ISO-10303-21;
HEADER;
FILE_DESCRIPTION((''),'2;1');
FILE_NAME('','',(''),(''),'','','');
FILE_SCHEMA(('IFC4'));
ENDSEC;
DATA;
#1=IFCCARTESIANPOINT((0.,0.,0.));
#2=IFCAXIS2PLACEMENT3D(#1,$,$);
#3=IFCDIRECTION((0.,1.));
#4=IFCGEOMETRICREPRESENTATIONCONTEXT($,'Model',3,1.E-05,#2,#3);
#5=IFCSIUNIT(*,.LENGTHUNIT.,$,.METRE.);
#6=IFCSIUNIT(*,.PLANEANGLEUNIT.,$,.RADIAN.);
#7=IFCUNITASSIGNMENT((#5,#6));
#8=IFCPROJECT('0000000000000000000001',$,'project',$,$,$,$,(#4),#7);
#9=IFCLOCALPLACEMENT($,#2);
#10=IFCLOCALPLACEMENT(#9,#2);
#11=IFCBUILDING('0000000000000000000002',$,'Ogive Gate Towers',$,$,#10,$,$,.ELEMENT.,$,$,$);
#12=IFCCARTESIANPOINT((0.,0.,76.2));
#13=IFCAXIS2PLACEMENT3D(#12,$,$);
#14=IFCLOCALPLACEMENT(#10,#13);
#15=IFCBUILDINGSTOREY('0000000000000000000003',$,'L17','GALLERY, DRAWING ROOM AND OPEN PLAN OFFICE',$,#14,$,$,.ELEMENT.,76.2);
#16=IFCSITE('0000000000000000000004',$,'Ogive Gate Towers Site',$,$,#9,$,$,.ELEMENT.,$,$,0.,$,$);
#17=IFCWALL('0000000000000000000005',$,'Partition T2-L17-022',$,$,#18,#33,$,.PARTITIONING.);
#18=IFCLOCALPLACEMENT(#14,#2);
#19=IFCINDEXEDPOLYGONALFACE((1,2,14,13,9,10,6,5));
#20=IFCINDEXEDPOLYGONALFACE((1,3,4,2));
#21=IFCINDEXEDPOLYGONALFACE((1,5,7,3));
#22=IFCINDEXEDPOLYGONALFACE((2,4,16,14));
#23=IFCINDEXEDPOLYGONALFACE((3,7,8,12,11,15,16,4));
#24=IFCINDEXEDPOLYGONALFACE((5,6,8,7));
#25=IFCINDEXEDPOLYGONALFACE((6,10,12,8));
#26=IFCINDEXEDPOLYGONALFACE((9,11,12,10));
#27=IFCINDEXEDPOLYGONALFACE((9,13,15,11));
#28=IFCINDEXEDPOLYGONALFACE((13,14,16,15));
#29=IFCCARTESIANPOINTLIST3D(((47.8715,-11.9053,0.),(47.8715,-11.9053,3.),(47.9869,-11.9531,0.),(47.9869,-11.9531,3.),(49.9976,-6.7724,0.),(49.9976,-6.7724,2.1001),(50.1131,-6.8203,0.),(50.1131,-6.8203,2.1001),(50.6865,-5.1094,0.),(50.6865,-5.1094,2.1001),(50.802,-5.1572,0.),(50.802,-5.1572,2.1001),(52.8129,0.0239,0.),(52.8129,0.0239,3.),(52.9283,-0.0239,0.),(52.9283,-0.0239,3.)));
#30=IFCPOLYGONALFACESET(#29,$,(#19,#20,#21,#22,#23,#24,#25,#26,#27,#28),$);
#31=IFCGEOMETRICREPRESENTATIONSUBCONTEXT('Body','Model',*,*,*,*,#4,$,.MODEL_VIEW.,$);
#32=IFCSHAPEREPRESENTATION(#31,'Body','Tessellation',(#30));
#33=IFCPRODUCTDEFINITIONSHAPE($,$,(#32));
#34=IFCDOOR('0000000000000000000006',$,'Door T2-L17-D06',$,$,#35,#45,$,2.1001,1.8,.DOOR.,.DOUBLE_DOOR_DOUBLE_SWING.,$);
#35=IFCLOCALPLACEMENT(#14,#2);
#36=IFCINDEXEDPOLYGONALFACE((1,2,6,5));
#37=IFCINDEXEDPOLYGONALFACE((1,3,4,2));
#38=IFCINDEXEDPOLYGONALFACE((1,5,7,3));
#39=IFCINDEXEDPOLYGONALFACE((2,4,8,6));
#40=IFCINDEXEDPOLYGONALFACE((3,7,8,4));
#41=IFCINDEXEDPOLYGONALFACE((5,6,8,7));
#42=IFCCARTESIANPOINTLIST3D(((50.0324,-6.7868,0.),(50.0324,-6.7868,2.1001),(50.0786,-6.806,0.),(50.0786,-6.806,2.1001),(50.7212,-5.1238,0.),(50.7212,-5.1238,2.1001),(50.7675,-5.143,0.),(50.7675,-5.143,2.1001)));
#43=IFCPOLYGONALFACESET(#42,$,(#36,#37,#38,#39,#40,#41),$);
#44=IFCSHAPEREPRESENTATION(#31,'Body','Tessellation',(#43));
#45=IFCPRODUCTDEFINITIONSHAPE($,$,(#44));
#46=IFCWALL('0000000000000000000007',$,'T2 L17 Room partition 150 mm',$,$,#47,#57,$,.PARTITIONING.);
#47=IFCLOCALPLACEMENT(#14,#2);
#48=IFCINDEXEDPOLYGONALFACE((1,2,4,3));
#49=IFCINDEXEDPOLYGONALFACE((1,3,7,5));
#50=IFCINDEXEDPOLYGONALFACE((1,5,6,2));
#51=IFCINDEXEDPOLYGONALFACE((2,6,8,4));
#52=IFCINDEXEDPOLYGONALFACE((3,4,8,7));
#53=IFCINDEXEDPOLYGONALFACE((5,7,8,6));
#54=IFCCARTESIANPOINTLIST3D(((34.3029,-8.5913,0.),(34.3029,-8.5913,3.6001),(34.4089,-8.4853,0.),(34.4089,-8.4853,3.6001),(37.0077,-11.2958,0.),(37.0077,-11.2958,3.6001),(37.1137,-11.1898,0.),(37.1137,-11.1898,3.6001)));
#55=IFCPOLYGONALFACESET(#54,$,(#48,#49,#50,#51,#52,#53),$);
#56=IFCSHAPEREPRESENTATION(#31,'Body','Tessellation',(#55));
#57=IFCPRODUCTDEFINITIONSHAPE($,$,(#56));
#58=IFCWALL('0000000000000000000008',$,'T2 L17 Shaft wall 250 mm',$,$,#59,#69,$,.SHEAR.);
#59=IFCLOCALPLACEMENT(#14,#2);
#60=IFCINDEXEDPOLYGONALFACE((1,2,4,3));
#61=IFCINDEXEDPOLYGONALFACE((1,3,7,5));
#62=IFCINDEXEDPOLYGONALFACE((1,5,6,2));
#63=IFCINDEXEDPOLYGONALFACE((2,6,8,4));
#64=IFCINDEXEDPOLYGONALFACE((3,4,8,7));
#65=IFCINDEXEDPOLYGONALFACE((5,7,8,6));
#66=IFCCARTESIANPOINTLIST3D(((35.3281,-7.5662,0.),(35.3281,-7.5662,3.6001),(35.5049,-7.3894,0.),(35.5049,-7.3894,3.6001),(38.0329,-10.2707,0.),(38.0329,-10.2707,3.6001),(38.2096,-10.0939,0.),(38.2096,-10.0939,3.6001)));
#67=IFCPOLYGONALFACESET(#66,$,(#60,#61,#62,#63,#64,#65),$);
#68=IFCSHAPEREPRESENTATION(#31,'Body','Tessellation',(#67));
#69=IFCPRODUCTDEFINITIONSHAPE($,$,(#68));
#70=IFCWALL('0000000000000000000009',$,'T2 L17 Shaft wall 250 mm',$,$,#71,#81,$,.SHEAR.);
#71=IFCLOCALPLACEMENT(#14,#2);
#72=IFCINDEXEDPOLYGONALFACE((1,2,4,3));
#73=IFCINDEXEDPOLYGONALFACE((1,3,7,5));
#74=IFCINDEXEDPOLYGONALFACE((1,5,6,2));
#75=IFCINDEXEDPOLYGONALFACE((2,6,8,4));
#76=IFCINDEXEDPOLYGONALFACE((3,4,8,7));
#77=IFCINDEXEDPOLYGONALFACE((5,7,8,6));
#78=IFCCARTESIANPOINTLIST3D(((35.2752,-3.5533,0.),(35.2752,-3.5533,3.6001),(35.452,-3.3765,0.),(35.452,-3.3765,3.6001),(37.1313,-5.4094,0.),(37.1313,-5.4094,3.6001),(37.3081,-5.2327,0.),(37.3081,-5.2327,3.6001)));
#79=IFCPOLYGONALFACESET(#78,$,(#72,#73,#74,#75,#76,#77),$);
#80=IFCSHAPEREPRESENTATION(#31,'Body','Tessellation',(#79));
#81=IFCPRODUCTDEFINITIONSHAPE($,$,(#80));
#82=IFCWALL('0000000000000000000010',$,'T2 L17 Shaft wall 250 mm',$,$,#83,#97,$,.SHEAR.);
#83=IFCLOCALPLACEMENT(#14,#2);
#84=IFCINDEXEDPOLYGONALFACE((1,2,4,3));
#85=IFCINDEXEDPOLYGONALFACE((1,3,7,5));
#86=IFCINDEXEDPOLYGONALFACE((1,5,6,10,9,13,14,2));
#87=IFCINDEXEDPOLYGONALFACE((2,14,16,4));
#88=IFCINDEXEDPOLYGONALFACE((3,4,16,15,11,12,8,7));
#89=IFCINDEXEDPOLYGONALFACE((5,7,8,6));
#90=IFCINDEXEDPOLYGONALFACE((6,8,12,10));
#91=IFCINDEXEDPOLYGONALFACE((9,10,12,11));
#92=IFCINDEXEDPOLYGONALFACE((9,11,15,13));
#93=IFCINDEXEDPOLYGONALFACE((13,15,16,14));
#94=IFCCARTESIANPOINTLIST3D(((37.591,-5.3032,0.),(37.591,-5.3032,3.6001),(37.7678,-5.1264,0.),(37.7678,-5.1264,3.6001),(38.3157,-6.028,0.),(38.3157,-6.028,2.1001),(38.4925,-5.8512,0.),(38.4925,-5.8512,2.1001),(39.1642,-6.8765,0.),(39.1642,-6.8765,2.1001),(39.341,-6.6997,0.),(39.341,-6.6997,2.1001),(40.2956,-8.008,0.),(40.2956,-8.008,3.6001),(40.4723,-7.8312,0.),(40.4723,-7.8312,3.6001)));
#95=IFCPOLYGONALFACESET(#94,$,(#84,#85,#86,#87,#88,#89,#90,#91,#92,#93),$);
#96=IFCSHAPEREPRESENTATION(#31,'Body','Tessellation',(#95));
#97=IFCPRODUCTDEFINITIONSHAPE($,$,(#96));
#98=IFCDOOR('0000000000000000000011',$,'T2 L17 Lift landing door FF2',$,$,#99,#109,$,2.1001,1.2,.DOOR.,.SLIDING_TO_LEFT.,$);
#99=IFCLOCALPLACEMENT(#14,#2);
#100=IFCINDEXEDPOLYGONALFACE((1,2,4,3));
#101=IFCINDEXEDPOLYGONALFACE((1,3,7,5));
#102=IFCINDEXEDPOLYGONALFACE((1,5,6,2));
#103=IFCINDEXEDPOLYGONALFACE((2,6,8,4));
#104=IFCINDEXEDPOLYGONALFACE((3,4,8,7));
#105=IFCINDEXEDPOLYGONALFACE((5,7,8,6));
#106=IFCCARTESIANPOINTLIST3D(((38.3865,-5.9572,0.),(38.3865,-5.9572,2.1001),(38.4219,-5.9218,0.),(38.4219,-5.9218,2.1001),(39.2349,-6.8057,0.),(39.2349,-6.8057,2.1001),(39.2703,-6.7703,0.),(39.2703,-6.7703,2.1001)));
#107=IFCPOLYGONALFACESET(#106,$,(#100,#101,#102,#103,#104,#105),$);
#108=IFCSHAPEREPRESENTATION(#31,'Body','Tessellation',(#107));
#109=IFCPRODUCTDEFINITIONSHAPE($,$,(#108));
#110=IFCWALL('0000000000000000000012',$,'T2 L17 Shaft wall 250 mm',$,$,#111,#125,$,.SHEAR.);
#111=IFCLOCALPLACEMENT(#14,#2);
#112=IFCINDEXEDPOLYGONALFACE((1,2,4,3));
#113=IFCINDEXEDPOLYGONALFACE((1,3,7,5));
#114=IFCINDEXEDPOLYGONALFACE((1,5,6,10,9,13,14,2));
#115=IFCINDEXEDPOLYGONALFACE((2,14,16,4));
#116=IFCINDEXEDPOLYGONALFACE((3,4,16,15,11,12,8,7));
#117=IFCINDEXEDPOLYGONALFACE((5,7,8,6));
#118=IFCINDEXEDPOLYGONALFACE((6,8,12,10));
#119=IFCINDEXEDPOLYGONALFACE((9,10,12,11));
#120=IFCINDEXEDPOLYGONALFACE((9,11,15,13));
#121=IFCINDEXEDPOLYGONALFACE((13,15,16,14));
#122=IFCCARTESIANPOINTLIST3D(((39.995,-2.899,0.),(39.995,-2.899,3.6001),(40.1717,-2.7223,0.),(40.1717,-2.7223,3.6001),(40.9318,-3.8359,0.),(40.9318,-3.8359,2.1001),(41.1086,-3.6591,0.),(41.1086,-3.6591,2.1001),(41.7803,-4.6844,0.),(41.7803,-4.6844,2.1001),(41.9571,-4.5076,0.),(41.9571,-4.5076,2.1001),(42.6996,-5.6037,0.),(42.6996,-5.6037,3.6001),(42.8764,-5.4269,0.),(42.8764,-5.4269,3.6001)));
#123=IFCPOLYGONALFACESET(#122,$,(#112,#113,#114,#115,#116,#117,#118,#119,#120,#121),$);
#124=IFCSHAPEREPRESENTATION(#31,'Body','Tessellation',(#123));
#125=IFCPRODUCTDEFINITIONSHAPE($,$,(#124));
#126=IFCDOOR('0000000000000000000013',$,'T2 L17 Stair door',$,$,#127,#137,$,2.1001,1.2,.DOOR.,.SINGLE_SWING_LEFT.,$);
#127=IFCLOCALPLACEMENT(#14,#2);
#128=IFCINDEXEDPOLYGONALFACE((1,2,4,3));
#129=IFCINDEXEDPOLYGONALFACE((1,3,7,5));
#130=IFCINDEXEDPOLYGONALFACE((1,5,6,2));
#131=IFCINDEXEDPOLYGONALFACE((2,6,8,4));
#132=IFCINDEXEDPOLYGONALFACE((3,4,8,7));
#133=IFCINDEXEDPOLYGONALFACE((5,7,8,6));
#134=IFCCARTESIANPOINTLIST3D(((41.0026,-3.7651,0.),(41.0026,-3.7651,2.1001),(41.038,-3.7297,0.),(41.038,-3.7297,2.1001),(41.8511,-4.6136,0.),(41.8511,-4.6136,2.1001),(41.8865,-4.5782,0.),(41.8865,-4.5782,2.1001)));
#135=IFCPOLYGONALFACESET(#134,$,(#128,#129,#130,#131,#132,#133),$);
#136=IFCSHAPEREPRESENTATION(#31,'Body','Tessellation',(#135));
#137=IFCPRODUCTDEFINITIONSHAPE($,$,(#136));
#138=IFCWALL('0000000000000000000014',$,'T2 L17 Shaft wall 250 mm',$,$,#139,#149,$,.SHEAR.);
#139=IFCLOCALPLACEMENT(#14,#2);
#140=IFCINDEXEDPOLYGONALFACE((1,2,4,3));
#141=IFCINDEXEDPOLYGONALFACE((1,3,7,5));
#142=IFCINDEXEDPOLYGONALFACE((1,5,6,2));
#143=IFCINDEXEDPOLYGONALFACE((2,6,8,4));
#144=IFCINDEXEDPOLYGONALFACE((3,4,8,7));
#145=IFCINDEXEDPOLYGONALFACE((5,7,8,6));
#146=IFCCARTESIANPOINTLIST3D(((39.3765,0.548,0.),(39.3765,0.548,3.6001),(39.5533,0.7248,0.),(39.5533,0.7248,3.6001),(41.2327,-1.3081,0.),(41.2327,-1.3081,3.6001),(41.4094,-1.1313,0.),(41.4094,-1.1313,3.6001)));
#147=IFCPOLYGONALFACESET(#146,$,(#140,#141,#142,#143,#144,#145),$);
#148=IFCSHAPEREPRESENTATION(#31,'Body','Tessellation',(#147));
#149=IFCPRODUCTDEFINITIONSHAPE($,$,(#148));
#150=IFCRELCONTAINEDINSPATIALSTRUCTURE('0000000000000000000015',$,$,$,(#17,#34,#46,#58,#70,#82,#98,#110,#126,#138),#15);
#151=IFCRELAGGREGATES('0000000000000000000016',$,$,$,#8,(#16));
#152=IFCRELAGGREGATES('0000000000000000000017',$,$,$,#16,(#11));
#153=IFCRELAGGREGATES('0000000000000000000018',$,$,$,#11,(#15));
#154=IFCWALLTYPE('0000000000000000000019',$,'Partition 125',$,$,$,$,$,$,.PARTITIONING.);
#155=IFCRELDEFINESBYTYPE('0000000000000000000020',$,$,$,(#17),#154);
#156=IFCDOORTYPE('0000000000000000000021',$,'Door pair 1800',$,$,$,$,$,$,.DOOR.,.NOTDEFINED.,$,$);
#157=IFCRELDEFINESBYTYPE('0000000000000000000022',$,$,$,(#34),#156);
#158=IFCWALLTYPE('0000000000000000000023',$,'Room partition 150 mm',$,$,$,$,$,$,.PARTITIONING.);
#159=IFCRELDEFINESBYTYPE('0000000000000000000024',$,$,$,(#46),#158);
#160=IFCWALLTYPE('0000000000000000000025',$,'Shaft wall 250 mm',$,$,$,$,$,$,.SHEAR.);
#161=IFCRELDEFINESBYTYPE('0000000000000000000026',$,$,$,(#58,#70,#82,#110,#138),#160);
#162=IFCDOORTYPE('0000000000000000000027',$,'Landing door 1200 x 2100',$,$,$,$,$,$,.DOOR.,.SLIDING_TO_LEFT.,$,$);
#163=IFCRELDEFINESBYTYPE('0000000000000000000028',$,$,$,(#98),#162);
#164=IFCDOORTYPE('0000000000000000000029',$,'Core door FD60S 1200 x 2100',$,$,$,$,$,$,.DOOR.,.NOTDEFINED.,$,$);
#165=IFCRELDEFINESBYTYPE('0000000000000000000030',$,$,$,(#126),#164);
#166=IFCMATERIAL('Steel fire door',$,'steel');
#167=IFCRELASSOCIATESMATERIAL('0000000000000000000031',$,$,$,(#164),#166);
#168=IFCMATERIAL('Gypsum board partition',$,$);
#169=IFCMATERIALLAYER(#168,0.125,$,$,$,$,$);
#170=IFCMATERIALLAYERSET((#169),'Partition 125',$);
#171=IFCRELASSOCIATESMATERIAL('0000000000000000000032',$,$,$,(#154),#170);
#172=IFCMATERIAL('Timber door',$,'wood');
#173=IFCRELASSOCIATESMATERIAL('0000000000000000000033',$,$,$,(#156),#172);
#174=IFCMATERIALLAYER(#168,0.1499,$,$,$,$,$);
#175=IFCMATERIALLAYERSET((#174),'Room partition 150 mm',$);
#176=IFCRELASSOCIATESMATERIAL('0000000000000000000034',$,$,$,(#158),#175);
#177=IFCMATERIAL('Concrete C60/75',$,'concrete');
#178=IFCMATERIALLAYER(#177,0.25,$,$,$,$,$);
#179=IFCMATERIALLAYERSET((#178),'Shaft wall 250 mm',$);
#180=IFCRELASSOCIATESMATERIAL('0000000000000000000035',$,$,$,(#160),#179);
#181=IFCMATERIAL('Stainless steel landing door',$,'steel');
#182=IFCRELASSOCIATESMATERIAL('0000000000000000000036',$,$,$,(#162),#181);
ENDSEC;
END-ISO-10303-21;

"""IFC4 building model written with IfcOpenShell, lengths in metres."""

from ifc_helpers import new_model, si_unit, direction, frame, frame_2d, origin, place, context, subcontext, project, spatial, rectangle, extrude, material, layer, layer_set, type_object, element, fill, save


model = new_model("IFC4")

# Units and contexts
model_context = context("Model", 3, precision=1e-05, world=origin(), true_north=direction((0.0, 1.0)))
body_context = subcontext(model_context, "Body", "Model", "MODEL_VIEW")
ifc_project = project(units=[si_unit("LENGTHUNIT", "METRE"), si_unit("PLANEANGLEUNIT", "RADIAN")], contexts=[model_context])

# Site, building, storey
site_placement = place(None, origin())
site = spatial("IfcSite", under=ifc_project, at=site_placement, Name="Ogive Gate Towers Site", CompositionType="ELEMENT", RefElevation=0.0)
building_placement = place(site_placement, origin())
building = spatial("IfcBuilding", under=site, at=building_placement, Name="Ogive Gate Towers", CompositionType="ELEMENT")
storey_placement = place(building_placement, frame((0.0, 0.0, 76.2)))
storey = spatial("IfcBuildingStorey", under=building, at=storey_placement, Name="L17", Description="GALLERY, DRAWING ROOM AND OPEN PLAN OFFICE", CompositionType="ELEMENT", Elevation=76.2)

# Shared definitions
ifc_material_1 = material(Name="Concrete C60/75", Category="concrete")
ifc_material_2 = material(Name="Timber door", Category="wood")
ifc_material_3 = material(Name="Steel fire door", Category="steel")
door_type_1 = type_object("IfcDoorType", Name="Core door FD60S 1200 x 2100", OperationType="NOTDEFINED", PredefinedType="DOOR", material=ifc_material_3)

# Wall, opening, door
ifc_material_4 = material(Name="Gypsum board partition")
ifc_layer_1 = layer(ifc_material_4, 0.125)
ifc_layer_set_1 = layer_set([ifc_layer_1], Name="Partition 125")
wall_type_1 = type_object("IfcWallType", Name="Partition 125", PredefinedType="PARTITIONING", material=ifc_layer_set_1)
wall_1_placement = place(storey_placement, frame((47.9292, -11.9292, 0.0), z_axis=(0.0, 0.0, 1.0), x_axis=(0.382695, 0.923875, 0.0)))
wall_1 = element("IfcWall", 1, at=wall_1_placement, inside=storey, type_object=wall_type_1, Name="Partition T2-L17-022", PredefinedType="PARTITIONING", context=body_context, shape_type="SweptSolid", body=[
    extrude(rectangle(XDim=12.9121, YDim=0.125, at=frame_2d((6.4561, 0.0))), origin(), (0.0, 0.0, 1.0), 3.0),
])
opening_1_placement = place(wall_1_placement, frame((5.5559, 0.0, 0.0)))
opening_1 = element("IfcOpeningElement", 2, at=opening_1_placement, cuts=wall_1, PredefinedType="OPENING", context=body_context, shape_type="SweptSolid", body=[
    extrude(rectangle(XDim=1.8, YDim=2.1001, at=frame_2d((0.8999, 1.05))), frame((0.0, 0.0725, 0.0), z_axis=(0.0, -1.0, 0.0), x_axis=(1.0, 0.0, 0.0)), (0.0, 0.0, 1.0), 0.145),
])
door_type_2 = type_object("IfcDoorType", Name="Door pair 1800", OperationType="NOTDEFINED", PredefinedType="DOOR", material=ifc_material_2)
door_1_placement = place(opening_1_placement, origin())
door_1 = element("IfcDoor", 3, at=door_1_placement, inside=storey, type_object=door_type_2, Name="Door T2-L17-D06", OperationType="DOUBLE_DOOR_DOUBLE_SWING", OverallHeight=2.1001, OverallWidth=1.8, PredefinedType="DOOR", context=body_context, shape_type="SweptSolid", body=[
    extrude(rectangle(XDim=1.8, YDim=2.1001, at=frame_2d((0.8999, 1.05))), frame((0.0, 0.0249, 0.0), z_axis=(0.0, -1.0, 0.0), x_axis=(1.0, 0.0, 0.0)), (0.0, 0.0, 1.0), 0.05),
])
fill(opening_1, door_1)

# Walls
ifc_layer_2 = layer(ifc_material_4, 0.1499)
ifc_layer_set_2 = layer_set([ifc_layer_2], Name="Room partition 150 mm")
wall_type_2 = type_object("IfcWallType", Name="Room partition 150 mm", PredefinedType="PARTITIONING", material=ifc_layer_set_2)
wall_2_placement = place(storey_placement, frame((37.0608, -11.2429, 0.0), z_axis=(0.0, 0.0, 1.0), x_axis=(-0.707139, 0.707075, 0.0)))
element("IfcWall", 4, at=wall_2_placement, inside=storey, type_object=wall_type_2, Name="T2 L17 Room partition 150 mm", PredefinedType="PARTITIONING", context=body_context, shape_type="SweptSolid", body=[
    extrude(rectangle(XDim=3.825, YDim=0.1499, at=frame_2d((1.9126, 0.0))), origin(), (0.0, 0.0, 1.0), 3.6001),
])
ifc_layer_3 = layer(ifc_material_1, 0.25)
ifc_layer_set_3 = layer_set([ifc_layer_3], Name="Shaft wall 250 mm")
wall_type_3 = type_object("IfcWallType", Name="Shaft wall 250 mm", PredefinedType="SHEAR", material=ifc_layer_set_3)
wall_3_placement = place(storey_placement, frame((38.1213, -10.1824, 0.0), z_axis=(0.0, 0.0, 1.0), x_axis=(-0.707139, 0.707075, 0.0)))
element("IfcWall", 5, at=wall_3_placement, inside=storey, type_object=wall_type_3, Name="T2 L17 Shaft wall 250 mm", PredefinedType="SHEAR", context=body_context, shape_type="SweptSolid", body=[
    extrude(rectangle(XDim=3.825, YDim=0.25, at=frame_2d((1.9126, 0.0))), origin(), (0.0, 0.0, 1.0), 3.6001),
])
wall_4_placement = place(storey_placement, frame((37.2197, -5.321, 0.0), z_axis=(0.0, 0.0, 1.0), x_axis=(-0.707107, 0.707107, 0.0)))
element("IfcWall", 6, at=wall_4_placement, inside=storey, type_object=wall_type_3, Name="T2 L17 Shaft wall 250 mm", PredefinedType="SHEAR", context=body_context, shape_type="SweptSolid", body=[
    extrude(rectangle(XDim=2.625, YDim=0.25, at=frame_2d((1.3125, 0.0))), origin(), (0.0, 0.0, 1.0), 3.6001),
])

# Walls, openings, doors
wall_5_placement = place(storey_placement, frame((40.384, -7.9197, 0.0), z_axis=(0.0, 0.0, 1.0), x_axis=(-0.707075, 0.707139, 0.0)))
wall_5 = element("IfcWall", 7, at=wall_5_placement, inside=storey, type_object=wall_type_3, Name="T2 L17 Shaft wall 250 mm", PredefinedType="SHEAR", context=body_context, shape_type="SweptSolid", body=[
    extrude(rectangle(XDim=3.825, YDim=0.25, at=frame_2d((1.9126, 0.0))), origin(), (0.0, 0.0, 1.0), 3.6001),
])
opening_2_placement = place(wall_5_placement, frame((1.6001, 0.0, 0.0)))
opening_2 = element("IfcOpeningElement", 8, at=opening_2_placement, cuts=wall_5, PredefinedType="OPENING", context=body_context, shape_type="SweptSolid", body=[
    extrude(rectangle(XDim=1.2, YDim=2.1001, at=frame_2d((0.6001, 1.05))), frame((0.0, 0.135, 0.0), z_axis=(0.0, -1.0, 0.0), x_axis=(1.0, 0.0, 0.0)), (0.0, 0.0, 1.0), 0.27),
])
ifc_material_5 = material(Name="Stainless steel landing door", Category="steel")
door_type_3 = type_object("IfcDoorType", Name="Landing door 1200 x 2100", OperationType="SLIDING_TO_LEFT", PredefinedType="DOOR", material=ifc_material_5)
door_2_placement = place(opening_2_placement, origin())
door_2 = element("IfcDoor", 9, at=door_2_placement, inside=storey, type_object=door_type_3, Name="T2 L17 Lift landing door FF2", OperationType="SLIDING_TO_LEFT", OverallHeight=2.1001, OverallWidth=1.2, PredefinedType="DOOR", context=body_context, shape_type="SweptSolid", body=[
    extrude(rectangle(XDim=1.2, YDim=2.1001, at=frame_2d((0.6001, 1.05))), frame((0.0, 0.0249, 0.0), z_axis=(0.0, -1.0, 0.0), x_axis=(1.0, 0.0, 0.0)), (0.0, 0.0, 1.0), 0.05),
])
fill(opening_2, door_2)
wall_6_placement = place(storey_placement, frame((42.7881, -5.5154, 0.0), z_axis=(0.0, 0.0, 1.0), x_axis=(-0.707107, 0.707107, 0.0)))
wall_6 = element("IfcWall", 10, at=wall_6_placement, inside=storey, type_object=wall_type_3, Name="T2 L17 Shaft wall 250 mm", PredefinedType="SHEAR", context=body_context, shape_type="SweptSolid", body=[
    extrude(rectangle(XDim=3.825, YDim=0.25, at=frame_2d((1.9126, 0.0))), origin(), (0.0, 0.0, 1.0), 3.6001),
])
opening_3_placement = place(wall_6_placement, frame((1.3, 0.0, 0.0)))
opening_3 = element("IfcOpeningElement", 11, at=opening_3_placement, cuts=wall_6, PredefinedType="OPENING", context=body_context, shape_type="SweptSolid", body=[
    extrude(rectangle(XDim=1.2, YDim=2.1001, at=frame_2d((0.6001, 1.05))), frame((0.0, 0.135, 0.0), z_axis=(0.0, -1.0, 0.0), x_axis=(1.0, 0.0, 0.0)), (0.0, 0.0, 1.0), 0.27),
])
door_3_placement = place(opening_3_placement, origin())
door_3 = element("IfcDoor", 12, at=door_3_placement, inside=storey, type_object=door_type_1, Name="T2 L17 Stair door", OperationType="SINGLE_SWING_LEFT", OverallHeight=2.1001, OverallWidth=1.2, PredefinedType="DOOR", context=body_context, shape_type="SweptSolid", body=[
    extrude(rectangle(XDim=1.2, YDim=2.1001, at=frame_2d((0.6001, 1.05))), frame((0.0, 0.0249, 0.0), z_axis=(0.0, -1.0, 0.0), x_axis=(1.0, 0.0, 0.0)), (0.0, 0.0, 1.0), 0.05),
])
fill(opening_3, door_3)

# Wall
wall_7_placement = place(storey_placement, frame((41.321, -1.2197, 0.0), z_axis=(0.0, 0.0, 1.0), x_axis=(-0.707107, 0.707107, 0.0)))
element("IfcWall", 13, at=wall_7_placement, inside=storey, type_object=wall_type_3, Name="T2 L17 Shaft wall 250 mm", PredefinedType="SHEAR", context=body_context, shape_type="SweptSolid", body=[
    extrude(rectangle(XDim=2.625, YDim=0.25, at=frame_2d((1.3125, 0.0))), origin(), (0.0, 0.0, 1.0), 3.6001),
])

save(model, "model.ifc")
